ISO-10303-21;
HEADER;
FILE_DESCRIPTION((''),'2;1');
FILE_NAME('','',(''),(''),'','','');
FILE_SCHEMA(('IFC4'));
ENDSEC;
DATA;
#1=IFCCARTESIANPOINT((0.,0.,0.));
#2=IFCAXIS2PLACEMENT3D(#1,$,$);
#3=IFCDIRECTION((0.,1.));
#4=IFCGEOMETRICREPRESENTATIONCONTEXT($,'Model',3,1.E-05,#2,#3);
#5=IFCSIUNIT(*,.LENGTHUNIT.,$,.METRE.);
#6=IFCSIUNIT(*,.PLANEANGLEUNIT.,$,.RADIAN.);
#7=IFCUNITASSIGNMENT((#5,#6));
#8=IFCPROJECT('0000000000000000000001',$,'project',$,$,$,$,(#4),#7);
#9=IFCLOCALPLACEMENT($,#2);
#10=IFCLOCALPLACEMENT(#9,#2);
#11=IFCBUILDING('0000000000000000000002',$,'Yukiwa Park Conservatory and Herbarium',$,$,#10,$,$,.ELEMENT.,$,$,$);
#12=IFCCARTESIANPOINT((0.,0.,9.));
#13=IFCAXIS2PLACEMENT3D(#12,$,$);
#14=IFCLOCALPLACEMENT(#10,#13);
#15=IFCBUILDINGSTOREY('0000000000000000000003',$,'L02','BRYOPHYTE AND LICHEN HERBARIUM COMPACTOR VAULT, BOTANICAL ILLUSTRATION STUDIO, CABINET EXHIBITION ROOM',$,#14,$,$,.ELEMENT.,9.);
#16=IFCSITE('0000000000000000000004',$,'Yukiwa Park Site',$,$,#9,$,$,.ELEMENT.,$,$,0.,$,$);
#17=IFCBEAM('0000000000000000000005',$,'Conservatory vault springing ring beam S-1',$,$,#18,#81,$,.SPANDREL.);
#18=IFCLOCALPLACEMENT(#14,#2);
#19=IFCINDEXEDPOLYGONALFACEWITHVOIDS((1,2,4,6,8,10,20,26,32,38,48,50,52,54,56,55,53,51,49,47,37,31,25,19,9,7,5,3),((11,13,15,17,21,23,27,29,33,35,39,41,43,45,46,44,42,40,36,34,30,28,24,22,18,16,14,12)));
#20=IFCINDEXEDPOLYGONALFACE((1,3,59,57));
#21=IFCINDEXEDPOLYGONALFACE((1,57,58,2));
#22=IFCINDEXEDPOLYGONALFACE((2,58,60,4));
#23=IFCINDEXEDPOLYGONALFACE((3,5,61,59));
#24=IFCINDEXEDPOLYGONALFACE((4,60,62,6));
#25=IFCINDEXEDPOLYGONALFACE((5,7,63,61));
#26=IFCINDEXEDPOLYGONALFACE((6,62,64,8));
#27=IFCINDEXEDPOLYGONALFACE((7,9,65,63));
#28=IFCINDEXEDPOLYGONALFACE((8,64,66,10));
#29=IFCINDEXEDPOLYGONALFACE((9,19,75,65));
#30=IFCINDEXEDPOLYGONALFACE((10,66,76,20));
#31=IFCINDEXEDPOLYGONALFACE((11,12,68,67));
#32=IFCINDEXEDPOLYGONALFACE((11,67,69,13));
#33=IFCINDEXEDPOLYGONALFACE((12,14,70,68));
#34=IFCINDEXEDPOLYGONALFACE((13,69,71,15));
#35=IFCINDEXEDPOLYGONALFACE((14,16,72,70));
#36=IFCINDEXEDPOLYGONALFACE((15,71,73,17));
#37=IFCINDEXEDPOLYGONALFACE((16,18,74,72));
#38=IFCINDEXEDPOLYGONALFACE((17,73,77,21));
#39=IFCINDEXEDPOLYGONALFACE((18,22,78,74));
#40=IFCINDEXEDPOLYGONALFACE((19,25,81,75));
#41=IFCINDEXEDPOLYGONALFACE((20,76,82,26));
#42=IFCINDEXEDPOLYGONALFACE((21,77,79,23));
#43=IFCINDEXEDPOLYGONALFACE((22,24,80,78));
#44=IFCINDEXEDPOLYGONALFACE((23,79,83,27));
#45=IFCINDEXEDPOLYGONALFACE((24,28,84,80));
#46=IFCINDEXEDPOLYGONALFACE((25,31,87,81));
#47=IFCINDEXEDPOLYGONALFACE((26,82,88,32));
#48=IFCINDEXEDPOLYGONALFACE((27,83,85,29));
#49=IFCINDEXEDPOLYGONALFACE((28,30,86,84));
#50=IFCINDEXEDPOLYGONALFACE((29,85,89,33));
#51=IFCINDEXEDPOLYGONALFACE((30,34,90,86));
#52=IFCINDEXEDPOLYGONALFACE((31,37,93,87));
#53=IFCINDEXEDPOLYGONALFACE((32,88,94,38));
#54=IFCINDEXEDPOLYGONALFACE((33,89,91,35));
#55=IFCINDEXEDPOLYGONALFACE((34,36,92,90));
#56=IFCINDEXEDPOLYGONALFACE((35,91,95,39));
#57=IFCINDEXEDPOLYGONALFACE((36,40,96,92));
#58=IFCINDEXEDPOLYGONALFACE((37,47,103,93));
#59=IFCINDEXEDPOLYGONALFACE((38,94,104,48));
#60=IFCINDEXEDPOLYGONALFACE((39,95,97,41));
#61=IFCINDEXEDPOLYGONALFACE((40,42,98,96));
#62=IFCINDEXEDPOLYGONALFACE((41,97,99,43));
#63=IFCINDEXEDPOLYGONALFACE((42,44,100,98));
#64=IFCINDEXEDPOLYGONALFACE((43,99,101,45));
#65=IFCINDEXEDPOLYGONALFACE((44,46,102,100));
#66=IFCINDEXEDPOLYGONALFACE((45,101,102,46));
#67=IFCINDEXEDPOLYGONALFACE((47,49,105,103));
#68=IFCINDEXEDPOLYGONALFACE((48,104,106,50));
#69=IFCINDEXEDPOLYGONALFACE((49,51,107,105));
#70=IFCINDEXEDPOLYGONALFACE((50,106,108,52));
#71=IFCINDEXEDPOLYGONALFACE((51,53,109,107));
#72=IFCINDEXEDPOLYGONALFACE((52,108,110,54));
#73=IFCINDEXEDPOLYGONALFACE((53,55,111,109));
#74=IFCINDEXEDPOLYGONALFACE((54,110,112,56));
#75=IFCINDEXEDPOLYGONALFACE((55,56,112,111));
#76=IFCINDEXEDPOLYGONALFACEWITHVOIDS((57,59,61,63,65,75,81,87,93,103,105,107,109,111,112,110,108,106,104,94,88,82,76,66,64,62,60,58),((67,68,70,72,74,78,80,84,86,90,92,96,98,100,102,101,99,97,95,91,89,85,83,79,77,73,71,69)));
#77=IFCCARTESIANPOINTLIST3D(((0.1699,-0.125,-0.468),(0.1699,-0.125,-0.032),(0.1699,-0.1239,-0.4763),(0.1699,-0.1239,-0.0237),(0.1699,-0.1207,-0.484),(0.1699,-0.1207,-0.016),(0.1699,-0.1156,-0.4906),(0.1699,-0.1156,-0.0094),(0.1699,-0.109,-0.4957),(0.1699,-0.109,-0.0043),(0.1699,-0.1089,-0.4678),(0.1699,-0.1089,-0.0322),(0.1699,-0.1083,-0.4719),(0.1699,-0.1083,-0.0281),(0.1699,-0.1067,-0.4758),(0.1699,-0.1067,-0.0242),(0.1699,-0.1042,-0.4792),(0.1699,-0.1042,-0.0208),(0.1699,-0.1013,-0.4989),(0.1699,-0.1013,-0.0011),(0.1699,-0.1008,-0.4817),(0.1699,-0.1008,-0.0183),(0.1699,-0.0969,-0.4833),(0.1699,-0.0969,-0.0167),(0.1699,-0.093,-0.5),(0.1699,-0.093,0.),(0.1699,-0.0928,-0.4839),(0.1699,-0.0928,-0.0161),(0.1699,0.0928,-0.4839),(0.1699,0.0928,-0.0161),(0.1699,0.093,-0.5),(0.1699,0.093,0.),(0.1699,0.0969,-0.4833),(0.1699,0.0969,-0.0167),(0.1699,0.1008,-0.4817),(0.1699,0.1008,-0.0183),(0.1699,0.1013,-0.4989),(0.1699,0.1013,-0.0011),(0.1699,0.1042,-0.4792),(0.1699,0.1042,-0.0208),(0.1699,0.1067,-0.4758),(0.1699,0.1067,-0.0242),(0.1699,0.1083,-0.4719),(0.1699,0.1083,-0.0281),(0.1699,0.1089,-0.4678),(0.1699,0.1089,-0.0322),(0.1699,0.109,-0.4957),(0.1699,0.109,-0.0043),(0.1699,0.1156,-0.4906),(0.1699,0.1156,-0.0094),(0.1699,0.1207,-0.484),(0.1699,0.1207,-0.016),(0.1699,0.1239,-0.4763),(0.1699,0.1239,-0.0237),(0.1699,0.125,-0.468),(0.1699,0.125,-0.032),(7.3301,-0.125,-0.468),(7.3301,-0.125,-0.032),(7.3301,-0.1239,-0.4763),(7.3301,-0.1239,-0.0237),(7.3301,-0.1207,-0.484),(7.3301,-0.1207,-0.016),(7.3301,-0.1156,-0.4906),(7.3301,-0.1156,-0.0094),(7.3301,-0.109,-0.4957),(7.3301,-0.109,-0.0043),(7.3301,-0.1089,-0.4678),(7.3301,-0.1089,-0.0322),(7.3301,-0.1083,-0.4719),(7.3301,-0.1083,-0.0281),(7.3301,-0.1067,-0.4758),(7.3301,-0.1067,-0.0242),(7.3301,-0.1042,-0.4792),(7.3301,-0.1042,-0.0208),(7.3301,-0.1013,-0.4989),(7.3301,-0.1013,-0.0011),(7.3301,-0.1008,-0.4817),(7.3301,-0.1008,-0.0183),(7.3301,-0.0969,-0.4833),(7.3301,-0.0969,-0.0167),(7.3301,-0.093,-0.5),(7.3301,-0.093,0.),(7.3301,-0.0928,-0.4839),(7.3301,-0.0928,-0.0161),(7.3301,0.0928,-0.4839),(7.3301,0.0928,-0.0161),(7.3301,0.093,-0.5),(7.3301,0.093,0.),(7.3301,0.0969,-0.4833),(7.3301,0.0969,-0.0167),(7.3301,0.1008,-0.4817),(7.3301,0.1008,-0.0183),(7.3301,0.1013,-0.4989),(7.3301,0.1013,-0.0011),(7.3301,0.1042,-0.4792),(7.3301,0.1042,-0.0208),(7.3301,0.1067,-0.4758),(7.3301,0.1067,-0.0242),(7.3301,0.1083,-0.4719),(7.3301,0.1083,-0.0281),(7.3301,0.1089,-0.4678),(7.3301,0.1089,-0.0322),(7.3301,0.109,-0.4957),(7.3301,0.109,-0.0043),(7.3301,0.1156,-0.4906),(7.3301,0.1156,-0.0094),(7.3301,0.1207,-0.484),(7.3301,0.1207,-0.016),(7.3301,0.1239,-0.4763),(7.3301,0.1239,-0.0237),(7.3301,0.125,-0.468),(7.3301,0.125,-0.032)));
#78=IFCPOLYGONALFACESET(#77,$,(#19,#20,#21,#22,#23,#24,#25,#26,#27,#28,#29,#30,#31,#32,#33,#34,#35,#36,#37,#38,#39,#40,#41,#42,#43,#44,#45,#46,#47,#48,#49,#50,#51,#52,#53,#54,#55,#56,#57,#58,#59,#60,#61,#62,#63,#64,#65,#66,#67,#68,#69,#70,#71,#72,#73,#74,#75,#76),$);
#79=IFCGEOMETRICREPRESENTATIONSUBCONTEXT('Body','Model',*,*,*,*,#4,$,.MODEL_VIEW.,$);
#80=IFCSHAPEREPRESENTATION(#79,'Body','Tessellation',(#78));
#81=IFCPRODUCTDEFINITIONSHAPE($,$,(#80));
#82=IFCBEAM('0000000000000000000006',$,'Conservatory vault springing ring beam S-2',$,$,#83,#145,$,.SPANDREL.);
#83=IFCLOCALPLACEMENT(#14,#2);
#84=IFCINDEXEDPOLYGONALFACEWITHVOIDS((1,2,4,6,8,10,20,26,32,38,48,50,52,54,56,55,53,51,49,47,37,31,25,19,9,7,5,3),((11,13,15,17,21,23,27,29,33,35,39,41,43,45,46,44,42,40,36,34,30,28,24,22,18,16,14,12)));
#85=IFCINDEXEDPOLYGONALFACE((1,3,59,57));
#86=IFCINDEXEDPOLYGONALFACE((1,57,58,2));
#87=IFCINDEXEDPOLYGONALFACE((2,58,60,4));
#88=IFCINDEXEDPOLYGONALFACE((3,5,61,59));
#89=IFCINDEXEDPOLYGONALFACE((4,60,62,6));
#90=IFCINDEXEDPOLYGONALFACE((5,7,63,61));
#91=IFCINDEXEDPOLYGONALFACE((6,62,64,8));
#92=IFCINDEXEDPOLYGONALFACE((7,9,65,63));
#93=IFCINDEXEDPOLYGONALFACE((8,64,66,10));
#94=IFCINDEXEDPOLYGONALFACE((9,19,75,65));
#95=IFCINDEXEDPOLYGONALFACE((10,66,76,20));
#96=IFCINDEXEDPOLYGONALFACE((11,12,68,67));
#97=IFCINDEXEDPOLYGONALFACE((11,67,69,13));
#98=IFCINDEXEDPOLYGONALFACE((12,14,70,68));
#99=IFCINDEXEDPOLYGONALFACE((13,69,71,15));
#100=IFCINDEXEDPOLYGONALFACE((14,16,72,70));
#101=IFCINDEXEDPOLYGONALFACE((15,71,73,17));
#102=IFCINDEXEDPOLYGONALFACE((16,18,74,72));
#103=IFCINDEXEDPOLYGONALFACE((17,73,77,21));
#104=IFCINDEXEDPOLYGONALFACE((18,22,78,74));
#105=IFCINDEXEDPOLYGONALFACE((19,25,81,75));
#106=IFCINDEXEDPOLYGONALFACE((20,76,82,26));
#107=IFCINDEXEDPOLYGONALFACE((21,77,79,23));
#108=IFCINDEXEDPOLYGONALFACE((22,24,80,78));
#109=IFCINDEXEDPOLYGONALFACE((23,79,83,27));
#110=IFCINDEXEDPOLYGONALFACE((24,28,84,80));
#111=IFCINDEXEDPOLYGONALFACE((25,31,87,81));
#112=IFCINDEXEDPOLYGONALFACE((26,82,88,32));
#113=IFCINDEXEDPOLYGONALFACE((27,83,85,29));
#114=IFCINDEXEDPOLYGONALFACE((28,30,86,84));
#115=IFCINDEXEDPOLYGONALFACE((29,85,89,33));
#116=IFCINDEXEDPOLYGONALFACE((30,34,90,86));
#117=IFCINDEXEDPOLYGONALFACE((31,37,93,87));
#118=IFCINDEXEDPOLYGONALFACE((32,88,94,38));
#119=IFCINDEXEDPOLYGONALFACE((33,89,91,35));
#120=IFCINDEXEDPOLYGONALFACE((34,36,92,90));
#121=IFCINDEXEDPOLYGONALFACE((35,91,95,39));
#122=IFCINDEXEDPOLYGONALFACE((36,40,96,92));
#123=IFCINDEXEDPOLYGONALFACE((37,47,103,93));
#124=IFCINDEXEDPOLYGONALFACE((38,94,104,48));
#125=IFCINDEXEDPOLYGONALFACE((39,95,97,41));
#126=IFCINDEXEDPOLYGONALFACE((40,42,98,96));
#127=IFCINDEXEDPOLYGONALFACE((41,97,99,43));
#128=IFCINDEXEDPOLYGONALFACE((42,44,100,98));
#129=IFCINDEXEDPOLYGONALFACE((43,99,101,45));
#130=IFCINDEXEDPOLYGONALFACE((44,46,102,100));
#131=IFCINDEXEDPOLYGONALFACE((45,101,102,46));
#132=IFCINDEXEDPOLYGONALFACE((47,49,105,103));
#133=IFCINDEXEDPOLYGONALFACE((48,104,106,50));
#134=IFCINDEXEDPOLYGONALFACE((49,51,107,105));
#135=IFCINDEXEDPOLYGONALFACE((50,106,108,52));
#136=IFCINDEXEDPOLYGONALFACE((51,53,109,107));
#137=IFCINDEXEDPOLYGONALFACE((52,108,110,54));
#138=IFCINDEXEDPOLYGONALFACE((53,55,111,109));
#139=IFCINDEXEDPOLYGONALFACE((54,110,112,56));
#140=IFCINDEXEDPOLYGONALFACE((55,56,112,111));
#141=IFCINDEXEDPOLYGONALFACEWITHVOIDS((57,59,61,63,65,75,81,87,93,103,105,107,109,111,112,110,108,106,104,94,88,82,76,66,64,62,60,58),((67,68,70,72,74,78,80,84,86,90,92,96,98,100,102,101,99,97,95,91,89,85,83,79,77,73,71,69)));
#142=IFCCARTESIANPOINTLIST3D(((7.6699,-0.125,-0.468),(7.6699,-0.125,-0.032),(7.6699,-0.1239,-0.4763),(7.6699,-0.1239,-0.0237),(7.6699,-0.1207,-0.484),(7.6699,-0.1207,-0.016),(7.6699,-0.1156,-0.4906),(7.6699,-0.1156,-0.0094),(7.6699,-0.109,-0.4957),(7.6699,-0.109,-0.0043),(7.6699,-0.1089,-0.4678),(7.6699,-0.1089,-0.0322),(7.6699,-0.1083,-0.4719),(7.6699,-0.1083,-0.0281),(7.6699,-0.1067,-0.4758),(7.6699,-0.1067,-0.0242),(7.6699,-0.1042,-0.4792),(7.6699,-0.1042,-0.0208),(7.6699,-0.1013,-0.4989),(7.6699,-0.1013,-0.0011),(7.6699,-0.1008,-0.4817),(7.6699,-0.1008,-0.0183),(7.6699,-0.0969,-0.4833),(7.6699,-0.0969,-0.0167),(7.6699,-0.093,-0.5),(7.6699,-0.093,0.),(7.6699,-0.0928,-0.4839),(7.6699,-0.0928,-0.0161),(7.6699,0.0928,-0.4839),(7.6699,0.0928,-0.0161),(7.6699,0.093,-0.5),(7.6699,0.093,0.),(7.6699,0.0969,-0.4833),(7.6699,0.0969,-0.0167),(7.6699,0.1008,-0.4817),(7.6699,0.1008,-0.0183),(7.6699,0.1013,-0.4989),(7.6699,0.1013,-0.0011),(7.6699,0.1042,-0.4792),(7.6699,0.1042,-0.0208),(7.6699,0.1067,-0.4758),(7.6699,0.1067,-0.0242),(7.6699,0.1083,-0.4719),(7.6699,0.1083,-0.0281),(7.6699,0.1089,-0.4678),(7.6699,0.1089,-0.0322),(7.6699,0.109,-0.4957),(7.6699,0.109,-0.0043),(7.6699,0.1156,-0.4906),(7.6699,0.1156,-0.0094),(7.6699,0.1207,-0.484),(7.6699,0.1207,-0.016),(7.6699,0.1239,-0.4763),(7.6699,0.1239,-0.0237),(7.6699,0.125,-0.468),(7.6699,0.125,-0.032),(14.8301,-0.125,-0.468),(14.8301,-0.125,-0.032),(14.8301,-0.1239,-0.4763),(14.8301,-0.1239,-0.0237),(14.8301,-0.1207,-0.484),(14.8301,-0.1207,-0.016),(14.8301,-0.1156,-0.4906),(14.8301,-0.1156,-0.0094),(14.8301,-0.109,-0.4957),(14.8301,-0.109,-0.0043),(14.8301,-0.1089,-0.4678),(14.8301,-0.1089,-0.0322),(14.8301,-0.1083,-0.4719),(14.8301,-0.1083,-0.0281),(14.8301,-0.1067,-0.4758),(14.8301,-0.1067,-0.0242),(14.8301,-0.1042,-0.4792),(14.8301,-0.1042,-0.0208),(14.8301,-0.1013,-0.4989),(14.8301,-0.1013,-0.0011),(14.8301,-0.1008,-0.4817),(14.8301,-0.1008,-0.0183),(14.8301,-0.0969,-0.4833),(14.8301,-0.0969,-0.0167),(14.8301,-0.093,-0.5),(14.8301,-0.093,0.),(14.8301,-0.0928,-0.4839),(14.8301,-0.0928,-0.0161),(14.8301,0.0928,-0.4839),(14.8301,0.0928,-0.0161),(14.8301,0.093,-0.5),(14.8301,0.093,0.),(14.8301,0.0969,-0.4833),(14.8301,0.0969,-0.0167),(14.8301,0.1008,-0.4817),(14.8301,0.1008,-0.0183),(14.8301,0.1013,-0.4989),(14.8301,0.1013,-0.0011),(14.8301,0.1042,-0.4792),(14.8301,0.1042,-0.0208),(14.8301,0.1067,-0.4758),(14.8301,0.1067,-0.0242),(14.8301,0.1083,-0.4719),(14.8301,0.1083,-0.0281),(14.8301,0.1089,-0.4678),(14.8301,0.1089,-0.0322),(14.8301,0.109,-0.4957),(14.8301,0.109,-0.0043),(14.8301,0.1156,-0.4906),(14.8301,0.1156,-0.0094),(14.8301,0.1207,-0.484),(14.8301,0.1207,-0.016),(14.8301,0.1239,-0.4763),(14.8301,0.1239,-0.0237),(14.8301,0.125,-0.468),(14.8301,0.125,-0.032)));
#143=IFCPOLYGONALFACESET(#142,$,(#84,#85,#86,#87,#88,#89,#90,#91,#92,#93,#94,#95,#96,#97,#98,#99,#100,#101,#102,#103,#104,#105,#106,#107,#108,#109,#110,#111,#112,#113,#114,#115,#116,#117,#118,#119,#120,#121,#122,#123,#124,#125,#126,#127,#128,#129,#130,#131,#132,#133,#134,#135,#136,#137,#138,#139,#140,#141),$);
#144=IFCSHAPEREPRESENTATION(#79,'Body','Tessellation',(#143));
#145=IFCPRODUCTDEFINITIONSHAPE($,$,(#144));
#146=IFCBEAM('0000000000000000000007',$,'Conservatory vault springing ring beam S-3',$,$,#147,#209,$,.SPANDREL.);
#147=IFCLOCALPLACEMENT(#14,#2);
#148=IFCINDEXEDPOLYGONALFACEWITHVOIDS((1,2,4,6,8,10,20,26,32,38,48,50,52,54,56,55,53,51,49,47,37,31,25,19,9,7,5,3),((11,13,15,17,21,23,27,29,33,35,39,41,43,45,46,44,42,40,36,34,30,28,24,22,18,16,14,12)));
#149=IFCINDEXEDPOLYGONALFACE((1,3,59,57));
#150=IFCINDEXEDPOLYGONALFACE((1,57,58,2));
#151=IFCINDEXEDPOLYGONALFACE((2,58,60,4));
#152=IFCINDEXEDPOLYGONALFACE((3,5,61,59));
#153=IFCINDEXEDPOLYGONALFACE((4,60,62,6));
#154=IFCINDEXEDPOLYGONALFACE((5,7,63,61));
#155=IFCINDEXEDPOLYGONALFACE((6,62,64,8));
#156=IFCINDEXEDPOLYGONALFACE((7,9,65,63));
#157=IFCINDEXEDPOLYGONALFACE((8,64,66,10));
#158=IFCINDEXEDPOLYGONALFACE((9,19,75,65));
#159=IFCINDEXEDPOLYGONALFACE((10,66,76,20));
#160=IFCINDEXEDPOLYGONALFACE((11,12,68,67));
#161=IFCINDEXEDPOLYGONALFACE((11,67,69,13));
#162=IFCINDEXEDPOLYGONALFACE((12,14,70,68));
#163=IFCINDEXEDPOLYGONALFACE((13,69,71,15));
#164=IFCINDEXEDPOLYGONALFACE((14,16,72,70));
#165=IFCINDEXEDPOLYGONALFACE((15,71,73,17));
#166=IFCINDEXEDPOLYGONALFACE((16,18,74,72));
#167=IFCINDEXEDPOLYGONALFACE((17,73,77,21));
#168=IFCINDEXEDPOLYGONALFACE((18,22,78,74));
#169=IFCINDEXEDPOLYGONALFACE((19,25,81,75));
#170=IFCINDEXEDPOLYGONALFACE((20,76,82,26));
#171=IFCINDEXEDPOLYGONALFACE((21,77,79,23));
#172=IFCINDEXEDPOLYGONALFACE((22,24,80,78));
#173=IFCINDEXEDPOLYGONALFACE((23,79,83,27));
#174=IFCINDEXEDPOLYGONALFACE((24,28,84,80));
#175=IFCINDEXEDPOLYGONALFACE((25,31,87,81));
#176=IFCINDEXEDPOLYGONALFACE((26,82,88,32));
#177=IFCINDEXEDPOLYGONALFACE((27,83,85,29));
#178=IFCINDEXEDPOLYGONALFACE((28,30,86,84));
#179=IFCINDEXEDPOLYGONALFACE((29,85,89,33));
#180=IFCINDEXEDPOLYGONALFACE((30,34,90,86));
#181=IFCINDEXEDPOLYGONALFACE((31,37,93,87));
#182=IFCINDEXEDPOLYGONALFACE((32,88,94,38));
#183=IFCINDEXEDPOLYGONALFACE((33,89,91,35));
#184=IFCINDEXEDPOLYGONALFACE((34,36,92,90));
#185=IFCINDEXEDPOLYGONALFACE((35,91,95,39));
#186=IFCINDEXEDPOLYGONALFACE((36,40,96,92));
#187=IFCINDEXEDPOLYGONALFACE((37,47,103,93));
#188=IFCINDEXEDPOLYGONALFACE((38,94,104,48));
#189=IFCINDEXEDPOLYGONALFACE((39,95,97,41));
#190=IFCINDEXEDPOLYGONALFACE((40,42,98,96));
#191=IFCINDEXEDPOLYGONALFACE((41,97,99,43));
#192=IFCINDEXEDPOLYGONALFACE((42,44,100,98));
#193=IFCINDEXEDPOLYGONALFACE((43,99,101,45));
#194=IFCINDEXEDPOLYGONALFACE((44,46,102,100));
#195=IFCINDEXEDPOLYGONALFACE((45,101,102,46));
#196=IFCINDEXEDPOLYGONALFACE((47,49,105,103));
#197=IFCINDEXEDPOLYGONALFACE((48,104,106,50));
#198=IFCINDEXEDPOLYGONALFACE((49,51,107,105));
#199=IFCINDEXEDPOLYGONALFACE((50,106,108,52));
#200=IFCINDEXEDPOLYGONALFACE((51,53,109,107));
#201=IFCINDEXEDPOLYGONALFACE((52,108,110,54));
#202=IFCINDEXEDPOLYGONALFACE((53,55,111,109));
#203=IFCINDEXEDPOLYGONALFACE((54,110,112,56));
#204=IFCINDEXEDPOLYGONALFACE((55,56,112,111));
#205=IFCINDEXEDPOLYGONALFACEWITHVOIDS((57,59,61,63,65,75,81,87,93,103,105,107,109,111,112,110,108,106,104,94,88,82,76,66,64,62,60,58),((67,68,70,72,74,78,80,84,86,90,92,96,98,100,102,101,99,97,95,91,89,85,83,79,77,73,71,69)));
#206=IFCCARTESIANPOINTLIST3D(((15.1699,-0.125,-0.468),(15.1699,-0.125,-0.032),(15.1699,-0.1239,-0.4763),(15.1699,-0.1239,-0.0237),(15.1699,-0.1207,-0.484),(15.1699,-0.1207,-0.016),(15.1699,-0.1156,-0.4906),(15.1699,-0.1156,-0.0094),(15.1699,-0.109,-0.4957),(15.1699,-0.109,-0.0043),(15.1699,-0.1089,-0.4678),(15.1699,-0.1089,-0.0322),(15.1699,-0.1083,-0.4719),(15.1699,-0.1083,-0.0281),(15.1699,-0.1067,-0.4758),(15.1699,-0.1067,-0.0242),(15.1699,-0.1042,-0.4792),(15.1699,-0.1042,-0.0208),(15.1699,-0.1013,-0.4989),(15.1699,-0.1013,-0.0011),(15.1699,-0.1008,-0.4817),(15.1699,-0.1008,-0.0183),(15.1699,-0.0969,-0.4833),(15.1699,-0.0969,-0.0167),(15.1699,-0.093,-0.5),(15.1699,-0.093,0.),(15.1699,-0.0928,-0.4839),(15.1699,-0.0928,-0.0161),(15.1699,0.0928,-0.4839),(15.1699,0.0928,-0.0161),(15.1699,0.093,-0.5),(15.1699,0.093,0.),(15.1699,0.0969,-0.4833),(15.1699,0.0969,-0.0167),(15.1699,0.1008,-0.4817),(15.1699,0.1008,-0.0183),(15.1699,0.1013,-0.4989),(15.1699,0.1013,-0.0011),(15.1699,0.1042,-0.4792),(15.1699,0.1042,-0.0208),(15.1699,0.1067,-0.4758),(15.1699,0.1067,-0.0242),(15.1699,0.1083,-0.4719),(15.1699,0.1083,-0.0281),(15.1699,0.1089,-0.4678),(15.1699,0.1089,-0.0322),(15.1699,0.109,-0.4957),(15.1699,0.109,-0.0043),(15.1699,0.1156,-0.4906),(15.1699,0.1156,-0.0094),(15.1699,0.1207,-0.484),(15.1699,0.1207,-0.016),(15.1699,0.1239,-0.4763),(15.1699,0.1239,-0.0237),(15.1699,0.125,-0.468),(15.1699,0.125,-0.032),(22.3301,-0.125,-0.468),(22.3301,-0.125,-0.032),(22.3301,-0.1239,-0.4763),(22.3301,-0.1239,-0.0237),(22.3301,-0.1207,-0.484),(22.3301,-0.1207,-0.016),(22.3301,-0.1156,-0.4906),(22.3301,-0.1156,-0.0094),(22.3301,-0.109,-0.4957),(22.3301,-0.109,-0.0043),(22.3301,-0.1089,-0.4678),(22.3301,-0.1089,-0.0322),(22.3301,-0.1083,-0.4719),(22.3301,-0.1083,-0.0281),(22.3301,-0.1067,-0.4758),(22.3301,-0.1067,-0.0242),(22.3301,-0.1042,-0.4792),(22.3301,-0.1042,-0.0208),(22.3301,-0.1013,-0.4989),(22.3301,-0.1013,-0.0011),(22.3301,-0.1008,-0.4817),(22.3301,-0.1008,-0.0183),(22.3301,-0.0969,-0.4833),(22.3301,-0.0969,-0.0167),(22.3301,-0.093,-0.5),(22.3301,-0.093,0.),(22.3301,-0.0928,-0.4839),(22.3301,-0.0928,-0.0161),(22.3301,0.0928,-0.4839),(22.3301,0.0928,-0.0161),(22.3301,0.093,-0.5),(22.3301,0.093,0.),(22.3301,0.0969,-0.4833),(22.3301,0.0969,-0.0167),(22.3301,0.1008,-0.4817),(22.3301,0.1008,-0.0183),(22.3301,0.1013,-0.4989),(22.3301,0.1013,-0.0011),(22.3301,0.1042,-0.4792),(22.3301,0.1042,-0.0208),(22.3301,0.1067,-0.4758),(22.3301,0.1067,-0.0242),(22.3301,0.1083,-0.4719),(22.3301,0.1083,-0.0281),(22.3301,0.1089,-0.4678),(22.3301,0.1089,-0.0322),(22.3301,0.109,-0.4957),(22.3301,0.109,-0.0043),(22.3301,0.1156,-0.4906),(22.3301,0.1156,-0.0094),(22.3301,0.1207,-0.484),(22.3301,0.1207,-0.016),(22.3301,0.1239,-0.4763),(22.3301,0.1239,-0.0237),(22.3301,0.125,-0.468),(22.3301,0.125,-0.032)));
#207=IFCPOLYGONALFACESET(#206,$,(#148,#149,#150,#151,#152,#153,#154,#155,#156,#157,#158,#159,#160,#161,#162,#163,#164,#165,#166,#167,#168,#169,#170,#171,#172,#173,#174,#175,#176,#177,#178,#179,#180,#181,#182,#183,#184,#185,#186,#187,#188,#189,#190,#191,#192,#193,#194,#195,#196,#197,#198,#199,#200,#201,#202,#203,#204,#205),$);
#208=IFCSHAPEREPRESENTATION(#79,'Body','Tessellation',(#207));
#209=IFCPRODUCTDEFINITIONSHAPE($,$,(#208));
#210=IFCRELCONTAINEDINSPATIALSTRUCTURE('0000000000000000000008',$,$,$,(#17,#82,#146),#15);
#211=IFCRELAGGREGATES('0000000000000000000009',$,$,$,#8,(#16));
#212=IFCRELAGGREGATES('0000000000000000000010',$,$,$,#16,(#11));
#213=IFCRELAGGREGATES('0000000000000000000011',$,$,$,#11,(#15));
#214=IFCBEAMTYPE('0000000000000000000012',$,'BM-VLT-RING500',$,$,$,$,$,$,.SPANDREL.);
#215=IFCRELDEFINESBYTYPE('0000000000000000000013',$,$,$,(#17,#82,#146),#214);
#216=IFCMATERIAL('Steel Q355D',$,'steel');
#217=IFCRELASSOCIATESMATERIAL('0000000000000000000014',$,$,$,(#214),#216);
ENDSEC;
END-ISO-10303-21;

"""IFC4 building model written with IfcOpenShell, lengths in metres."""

from ifc_helpers import new_model, si_unit, direction, frame, origin, origin_2d, place, context, subcontext, project, spatial, hollow_rectangle, extrude, material, material_profile, profile_set, type_object, element, save


model = new_model("IFC4")

# Units and contexts
model_context = context("Model", 3, precision=1e-05, world=origin(), true_north=direction((0.0, 1.0)))
body_context = subcontext(model_context, "Body", "Model", "MODEL_VIEW")
ifc_project = project(units=[si_unit("LENGTHUNIT", "METRE"), si_unit("PLANEANGLEUNIT", "RADIAN")], contexts=[model_context])

# Site, building, storey
site_placement = place(None, origin())
site = spatial("IfcSite", under=ifc_project, at=site_placement, Name="Yukiwa Park Site", CompositionType="ELEMENT", RefElevation=0.0)
building_placement = place(site_placement, origin())
building = spatial("IfcBuilding", under=site, at=building_placement, Name="Yukiwa Park Conservatory and Herbarium", CompositionType="ELEMENT")
storey_placement = place(building_placement, frame((0.0, 0.0, 9.0)))
storey = spatial("IfcBuildingStorey", under=building, at=storey_placement, Name="L02", Description="BRYOPHYTE AND LICHEN HERBARIUM COMPACTOR VAULT, BOTANICAL ILLUSTRATION STUDIO, CABINET EXHIBITION ROOM", CompositionType="ELEMENT", Elevation=9.0)

# Beams
ifc_material_1 = material(Name="Steel Q355D", Category="steel")
ifc_material_profile = material_profile(ifc_material_1, hollow_rectangle(XDim=0.25, YDim=0.5, WallThickness=0.0161, InnerFilletRadius=0.0161, OuterFilletRadius=0.032, at=origin_2d()), Name="RHS 500x250x16")
ifc_profile_set = profile_set([ifc_material_profile], Name="Steel Q355D")
beam_type = type_object("IfcBeamType", Name="BM-VLT-RING500", PredefinedType="SPANDREL", material=ifc_profile_set)
for number, where, z_axis, x_axis, name in (
    (1, (0.1699, 0.0, -0.25), (1.0, 0.0, 0.0), (0.0, 1.0, 0.0), "Conservatory vault springing ring beam S-1"),
    (2, (7.6699, 0.0, -0.25), (1.0, 0.0, 0.0), (0.0, 1.0, 0.0), "Conservatory vault springing ring beam S-2"),
    (3, (15.1699, 0.0, -0.25), (1.0, 0.0, 0.0), (0.0, 1.0, 0.0), "Conservatory vault springing ring beam S-3"),
):
    element("IfcBeam", number, at=place(storey_placement, frame(where, z_axis=z_axis, x_axis=x_axis)), inside=storey, type_object=beam_type, Name=name, PredefinedType="SPANDREL", context=body_context, shape_type="SweptSolid", body=[
        extrude(hollow_rectangle(XDim=0.25, YDim=0.5, WallThickness=0.0161, InnerFilletRadius=0.0161, OuterFilletRadius=0.032, at=origin_2d()), origin(), (0.0, 0.0, 1.0), 7.1602),
    ])

save(model, "model.ifc")
